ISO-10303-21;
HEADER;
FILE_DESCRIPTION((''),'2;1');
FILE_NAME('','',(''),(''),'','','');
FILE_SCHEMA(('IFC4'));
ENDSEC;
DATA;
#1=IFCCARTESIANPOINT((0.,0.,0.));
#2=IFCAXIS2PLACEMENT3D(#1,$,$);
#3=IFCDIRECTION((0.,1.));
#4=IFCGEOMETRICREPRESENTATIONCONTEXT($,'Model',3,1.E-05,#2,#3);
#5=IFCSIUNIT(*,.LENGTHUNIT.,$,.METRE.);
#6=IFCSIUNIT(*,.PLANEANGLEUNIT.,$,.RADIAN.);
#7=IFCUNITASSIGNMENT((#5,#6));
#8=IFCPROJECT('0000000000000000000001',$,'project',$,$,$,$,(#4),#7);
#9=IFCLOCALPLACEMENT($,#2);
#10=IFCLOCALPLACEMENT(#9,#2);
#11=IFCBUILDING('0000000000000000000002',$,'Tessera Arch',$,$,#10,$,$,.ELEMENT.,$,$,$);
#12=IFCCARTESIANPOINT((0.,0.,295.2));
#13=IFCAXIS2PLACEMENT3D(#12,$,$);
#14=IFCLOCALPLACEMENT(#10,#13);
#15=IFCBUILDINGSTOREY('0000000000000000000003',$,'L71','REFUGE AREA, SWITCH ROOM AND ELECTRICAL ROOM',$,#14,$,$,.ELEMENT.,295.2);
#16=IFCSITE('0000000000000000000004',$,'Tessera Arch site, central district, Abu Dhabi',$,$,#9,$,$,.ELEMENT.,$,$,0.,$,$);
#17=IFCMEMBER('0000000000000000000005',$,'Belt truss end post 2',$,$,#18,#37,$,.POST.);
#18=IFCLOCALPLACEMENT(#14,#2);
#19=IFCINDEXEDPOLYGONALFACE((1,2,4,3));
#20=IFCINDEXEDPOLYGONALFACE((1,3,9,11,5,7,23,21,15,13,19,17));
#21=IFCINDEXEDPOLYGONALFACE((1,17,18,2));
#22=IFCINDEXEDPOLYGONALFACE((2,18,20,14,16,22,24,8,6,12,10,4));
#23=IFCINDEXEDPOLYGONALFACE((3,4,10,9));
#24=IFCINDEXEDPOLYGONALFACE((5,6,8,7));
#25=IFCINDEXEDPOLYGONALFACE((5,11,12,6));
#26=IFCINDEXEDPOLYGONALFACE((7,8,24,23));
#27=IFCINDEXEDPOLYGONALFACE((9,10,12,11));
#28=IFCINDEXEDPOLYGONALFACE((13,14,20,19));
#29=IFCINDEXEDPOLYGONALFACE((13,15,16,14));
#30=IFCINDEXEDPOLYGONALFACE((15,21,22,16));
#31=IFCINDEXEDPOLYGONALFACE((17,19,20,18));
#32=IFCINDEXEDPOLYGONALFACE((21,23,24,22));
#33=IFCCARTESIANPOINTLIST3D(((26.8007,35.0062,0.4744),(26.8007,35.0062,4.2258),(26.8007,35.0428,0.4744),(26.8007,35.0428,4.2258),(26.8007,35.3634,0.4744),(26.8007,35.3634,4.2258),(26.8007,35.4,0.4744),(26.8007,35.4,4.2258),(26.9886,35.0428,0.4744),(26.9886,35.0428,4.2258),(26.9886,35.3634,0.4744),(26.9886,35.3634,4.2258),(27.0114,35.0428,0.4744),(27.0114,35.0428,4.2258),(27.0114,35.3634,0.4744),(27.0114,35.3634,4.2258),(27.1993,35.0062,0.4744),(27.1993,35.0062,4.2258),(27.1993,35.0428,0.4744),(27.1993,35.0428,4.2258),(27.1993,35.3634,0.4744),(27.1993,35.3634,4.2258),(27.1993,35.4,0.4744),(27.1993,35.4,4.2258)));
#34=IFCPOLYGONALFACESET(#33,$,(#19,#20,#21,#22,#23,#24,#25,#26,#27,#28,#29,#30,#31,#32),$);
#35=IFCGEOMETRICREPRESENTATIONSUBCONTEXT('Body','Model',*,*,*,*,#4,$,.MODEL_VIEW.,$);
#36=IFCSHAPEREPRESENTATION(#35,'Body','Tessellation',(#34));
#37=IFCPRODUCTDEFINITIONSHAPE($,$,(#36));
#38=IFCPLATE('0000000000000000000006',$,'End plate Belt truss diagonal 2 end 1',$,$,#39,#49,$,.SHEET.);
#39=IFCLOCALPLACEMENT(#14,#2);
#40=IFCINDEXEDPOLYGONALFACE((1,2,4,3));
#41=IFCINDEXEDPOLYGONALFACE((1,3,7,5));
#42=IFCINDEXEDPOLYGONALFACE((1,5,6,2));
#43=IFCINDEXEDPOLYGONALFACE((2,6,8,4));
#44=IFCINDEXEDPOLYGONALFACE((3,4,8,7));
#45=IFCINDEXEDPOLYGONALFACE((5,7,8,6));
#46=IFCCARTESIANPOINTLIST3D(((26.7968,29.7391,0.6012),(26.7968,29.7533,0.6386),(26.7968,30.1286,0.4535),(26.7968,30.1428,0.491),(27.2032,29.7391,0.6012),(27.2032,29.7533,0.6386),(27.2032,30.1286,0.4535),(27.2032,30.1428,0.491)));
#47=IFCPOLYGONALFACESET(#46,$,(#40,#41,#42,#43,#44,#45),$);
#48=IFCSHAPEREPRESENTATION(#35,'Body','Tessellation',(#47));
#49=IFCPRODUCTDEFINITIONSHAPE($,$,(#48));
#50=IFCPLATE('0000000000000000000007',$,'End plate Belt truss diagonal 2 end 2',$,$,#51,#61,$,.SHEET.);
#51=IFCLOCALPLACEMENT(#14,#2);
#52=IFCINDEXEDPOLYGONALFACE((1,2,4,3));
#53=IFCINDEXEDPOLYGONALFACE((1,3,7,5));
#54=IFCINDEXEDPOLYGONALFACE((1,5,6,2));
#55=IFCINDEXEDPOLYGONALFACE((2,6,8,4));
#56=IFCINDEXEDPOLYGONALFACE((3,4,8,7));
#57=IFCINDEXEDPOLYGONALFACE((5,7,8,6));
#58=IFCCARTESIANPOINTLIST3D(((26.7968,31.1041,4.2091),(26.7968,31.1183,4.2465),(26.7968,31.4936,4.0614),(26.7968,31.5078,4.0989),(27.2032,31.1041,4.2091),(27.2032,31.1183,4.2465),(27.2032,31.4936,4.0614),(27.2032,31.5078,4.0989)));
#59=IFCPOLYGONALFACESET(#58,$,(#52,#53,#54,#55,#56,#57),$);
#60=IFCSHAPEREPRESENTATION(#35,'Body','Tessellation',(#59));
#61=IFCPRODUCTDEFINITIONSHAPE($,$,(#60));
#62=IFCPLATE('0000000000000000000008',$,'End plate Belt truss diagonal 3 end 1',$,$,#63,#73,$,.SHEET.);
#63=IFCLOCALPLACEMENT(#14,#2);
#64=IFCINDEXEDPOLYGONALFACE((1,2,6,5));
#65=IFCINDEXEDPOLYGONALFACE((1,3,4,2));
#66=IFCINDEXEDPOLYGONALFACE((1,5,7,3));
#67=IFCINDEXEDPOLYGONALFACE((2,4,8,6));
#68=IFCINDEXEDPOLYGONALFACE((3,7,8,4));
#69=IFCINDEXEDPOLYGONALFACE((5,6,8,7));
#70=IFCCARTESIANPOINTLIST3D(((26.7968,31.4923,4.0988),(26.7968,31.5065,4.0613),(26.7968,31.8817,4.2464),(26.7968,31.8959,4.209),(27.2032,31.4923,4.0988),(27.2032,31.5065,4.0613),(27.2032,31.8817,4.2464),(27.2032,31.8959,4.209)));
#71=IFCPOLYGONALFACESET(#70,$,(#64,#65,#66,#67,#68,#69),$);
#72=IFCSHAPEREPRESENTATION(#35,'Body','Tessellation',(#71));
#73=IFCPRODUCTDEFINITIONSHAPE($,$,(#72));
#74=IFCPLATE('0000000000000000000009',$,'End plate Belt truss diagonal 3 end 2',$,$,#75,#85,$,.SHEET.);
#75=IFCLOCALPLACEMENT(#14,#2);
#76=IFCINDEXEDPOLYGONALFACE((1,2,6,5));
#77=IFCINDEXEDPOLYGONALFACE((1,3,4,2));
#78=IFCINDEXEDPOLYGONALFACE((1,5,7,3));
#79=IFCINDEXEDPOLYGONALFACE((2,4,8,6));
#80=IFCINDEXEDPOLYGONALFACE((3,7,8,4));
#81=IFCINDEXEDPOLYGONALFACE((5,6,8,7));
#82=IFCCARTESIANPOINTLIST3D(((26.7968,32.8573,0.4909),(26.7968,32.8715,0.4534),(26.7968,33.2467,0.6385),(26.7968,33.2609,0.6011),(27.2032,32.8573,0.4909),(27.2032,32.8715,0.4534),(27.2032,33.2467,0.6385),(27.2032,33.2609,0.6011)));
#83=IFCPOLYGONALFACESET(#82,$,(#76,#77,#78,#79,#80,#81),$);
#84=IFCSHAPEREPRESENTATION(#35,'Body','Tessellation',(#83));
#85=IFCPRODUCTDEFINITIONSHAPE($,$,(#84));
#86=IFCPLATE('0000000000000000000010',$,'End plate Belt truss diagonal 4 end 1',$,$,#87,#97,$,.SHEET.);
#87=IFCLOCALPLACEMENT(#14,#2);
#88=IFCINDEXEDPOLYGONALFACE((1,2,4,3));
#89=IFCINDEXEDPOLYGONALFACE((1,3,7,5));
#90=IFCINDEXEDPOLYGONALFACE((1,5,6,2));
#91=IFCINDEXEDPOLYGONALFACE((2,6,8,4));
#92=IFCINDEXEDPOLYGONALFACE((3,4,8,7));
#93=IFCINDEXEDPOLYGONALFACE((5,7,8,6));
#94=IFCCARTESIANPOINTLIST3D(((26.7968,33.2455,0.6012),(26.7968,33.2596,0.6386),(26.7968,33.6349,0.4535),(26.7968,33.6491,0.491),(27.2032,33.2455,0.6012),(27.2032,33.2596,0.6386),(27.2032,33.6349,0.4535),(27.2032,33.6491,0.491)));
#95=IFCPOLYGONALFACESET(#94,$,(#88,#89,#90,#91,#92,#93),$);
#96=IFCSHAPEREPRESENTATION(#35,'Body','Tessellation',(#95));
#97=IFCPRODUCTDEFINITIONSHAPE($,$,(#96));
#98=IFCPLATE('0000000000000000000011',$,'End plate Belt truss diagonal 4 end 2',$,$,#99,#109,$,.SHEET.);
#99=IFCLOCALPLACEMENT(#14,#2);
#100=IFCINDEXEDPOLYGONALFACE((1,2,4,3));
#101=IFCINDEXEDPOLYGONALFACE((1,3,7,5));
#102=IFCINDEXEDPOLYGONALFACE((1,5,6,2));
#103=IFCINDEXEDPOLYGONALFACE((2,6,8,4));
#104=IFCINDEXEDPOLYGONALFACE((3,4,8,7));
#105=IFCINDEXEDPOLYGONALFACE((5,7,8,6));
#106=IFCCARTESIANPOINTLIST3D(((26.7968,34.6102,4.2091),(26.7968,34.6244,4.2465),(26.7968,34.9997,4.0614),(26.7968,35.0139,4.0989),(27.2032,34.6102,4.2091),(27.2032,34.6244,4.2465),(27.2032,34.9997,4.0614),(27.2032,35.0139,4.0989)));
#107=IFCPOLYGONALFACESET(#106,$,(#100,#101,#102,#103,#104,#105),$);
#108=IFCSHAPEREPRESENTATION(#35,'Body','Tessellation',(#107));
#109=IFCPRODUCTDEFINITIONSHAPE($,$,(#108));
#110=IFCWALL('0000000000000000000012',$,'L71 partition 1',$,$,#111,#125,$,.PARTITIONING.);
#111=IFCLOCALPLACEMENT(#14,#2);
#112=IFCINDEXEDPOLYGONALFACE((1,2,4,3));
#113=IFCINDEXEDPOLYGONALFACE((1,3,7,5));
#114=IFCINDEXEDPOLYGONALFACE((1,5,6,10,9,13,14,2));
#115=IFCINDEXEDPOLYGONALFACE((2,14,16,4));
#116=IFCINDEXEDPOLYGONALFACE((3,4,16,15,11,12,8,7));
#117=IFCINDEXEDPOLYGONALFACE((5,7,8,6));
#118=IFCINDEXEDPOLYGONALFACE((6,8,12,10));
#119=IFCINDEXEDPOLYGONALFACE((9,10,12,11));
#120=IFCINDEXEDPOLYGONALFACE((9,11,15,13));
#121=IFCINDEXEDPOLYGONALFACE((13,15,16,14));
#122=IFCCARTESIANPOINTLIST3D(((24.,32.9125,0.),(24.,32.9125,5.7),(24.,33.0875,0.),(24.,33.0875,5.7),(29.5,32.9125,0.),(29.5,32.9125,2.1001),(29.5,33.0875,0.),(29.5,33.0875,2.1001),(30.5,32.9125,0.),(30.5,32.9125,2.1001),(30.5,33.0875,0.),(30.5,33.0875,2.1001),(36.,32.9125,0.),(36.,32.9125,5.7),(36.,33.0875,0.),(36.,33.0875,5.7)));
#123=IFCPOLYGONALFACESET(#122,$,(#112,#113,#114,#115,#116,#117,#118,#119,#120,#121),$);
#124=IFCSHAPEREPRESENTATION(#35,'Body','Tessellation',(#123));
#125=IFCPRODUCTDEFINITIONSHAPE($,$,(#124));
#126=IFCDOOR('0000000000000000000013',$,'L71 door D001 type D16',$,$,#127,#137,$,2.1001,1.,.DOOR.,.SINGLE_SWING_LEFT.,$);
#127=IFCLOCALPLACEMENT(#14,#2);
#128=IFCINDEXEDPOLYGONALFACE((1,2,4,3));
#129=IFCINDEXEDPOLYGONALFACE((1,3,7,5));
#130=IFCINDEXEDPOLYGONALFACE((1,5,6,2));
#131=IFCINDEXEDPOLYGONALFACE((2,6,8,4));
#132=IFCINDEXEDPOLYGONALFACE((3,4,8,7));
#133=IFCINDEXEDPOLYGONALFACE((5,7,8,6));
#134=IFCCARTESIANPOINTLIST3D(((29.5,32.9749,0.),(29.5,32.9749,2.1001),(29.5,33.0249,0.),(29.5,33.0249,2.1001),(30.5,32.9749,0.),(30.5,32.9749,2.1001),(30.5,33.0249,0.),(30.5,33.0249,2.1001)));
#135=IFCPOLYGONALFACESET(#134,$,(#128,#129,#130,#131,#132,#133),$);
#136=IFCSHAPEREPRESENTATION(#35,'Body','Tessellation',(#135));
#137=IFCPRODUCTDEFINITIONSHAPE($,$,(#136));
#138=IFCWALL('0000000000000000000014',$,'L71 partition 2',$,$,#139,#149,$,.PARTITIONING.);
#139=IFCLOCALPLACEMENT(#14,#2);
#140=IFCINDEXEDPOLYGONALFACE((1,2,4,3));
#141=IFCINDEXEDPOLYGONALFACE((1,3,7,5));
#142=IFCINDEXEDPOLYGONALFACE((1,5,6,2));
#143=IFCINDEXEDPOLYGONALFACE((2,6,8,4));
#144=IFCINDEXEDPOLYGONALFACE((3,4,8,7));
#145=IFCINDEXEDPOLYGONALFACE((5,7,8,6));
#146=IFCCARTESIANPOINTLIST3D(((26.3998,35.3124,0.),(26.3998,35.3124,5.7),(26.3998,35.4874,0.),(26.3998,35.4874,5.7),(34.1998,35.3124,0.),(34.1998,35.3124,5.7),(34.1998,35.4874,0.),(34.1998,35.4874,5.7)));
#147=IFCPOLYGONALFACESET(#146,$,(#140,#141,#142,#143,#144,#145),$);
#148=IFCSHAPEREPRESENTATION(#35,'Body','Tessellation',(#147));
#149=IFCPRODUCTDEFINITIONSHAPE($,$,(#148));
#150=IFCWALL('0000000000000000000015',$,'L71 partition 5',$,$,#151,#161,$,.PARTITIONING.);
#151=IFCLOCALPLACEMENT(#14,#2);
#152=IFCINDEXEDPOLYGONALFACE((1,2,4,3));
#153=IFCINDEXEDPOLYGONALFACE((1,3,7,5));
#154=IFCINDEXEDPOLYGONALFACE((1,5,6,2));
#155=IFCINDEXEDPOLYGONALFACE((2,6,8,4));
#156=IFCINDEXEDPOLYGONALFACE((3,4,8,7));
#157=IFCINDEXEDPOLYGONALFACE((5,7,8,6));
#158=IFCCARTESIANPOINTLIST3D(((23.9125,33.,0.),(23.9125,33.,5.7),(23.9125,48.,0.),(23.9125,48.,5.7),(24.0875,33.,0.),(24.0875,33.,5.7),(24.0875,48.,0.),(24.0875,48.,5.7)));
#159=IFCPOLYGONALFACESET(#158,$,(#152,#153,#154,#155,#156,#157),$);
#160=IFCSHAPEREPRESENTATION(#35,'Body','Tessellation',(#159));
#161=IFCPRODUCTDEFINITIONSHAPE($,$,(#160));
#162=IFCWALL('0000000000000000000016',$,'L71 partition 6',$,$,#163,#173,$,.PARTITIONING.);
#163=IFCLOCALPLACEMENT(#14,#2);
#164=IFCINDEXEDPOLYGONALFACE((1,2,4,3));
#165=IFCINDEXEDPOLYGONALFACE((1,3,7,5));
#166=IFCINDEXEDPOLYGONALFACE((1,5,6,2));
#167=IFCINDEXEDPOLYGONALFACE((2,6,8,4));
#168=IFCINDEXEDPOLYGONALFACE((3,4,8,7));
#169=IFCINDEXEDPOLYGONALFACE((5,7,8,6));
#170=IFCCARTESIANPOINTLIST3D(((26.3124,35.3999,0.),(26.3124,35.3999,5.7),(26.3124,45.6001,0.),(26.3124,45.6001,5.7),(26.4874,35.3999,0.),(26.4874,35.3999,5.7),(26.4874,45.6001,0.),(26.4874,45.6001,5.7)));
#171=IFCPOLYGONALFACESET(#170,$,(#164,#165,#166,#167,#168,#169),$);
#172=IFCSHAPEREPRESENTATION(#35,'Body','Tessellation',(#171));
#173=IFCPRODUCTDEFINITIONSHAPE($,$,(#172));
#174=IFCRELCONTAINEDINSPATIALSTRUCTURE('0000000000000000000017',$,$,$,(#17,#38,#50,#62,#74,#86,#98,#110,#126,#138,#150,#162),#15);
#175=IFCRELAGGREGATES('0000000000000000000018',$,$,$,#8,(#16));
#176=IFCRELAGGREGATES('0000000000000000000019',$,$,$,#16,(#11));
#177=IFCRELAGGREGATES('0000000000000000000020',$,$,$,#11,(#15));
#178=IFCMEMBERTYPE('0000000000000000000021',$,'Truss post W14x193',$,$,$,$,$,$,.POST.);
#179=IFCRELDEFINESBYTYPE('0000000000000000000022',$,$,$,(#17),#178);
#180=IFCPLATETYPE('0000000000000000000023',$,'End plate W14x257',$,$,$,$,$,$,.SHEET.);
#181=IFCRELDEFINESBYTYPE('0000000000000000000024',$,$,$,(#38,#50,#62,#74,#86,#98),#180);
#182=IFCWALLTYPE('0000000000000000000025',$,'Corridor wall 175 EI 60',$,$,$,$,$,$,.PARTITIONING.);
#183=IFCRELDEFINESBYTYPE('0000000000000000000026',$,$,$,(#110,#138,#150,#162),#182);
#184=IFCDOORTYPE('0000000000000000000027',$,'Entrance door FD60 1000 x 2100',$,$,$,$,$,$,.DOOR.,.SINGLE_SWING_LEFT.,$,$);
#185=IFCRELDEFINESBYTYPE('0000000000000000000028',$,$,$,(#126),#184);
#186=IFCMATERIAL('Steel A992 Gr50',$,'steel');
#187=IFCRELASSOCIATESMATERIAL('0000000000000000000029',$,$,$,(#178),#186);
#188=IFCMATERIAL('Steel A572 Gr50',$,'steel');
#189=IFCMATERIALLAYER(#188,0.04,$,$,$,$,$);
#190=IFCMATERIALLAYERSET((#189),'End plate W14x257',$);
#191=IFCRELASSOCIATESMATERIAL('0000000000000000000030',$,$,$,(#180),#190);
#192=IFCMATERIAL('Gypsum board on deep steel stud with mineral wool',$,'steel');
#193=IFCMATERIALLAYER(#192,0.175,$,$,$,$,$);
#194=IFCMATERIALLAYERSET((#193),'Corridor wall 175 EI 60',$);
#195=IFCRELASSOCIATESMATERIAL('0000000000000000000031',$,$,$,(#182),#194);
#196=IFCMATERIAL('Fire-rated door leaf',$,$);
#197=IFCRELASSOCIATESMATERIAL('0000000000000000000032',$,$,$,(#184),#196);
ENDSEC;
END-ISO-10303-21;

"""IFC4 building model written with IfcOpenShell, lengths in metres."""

from ifc_helpers import new_model, si_unit, direction, frame, frame_2d, origin, origin_2d, place, context, subcontext, project, spatial, rectangle, i_section, extrude, material, layer, layer_set, material_profile, profile_set, type_object, element, fill, save


model = new_model("IFC4")

# Units and contexts
model_context = context("Model", 3, precision=1e-05, world=origin(), true_north=direction((0.0, 1.0)))
body_context = subcontext(model_context, "Body", "Model", "MODEL_VIEW")
ifc_project = project(units=[si_unit("LENGTHUNIT", "METRE"), si_unit("PLANEANGLEUNIT", "RADIAN")], contexts=[model_context])

# Site, building, storey
site_placement = place(None, origin())
site = spatial("IfcSite", under=ifc_project, at=site_placement, Name="Tessera Arch site, central district, Abu Dhabi", CompositionType="ELEMENT", RefElevation=0.0)
building_placement = place(site_placement, origin())
building = spatial("IfcBuilding", under=site, at=building_placement, Name="Tessera Arch", CompositionType="ELEMENT")
storey_placement = place(building_placement, frame((0.0, 0.0, 295.2)))
storey = spatial("IfcBuildingStorey", under=building, at=storey_placement, Name="L71", Description="REFUGE AREA, SWITCH ROOM AND ELECTRICAL ROOM", CompositionType="ELEMENT", Elevation=295.2)

# Member
ifc_material_1 = material(Name="Steel A992 Gr50", Category="steel")
ifc_material_profile_1 = material_profile(ifc_material_1, i_section(OverallWidth=0.3987, OverallDepth=0.3938, WebThickness=0.0227, FlangeThickness=0.0366, at=origin_2d()), Name="W14x193")
ifc_profile_set_1 = profile_set([ifc_material_profile_1], Name="Steel A992 Gr50")
member_type_1 = type_object("IfcMemberType", Name="Truss post W14x193", PredefinedType="POST", material=ifc_profile_set_1)
member_1_placement = place(storey_placement, frame((27.0, 35.2031, 0.4744), z_axis=(0.0, 0.0, 1.0), x_axis=(1.0, 0.0, 0.0)))
element("IfcMember", 1, at=member_1_placement, inside=storey, type_object=member_type_1, Name="Belt truss end post 2", PredefinedType="POST", context=body_context, shape_type="SweptSolid", body=[
    extrude(i_section(OverallWidth=0.3987, OverallDepth=0.3938, WebThickness=0.0227, FlangeThickness=0.0366, at=origin_2d()), origin(), (0.0, 0.0, 1.0), 3.7515),
])

# Plates
ifc_material_2 = material(Name="Steel A572 Gr50", Category="steel")
ifc_layer_1 = layer(ifc_material_2, 0.04)
ifc_layer_set_1 = layer_set([ifc_layer_1], Name="End plate W14x257")
plate_type = type_object("IfcPlateType", Name="End plate W14x257", PredefinedType="SHEET", material=ifc_layer_set_1)
for number, where, z_axis, x_axis, name in (
    (2, (27.0, 29.9338, 0.5273), (0.0, 0.35447, 0.935067), (-1.0, 0.0, 0.0), "End plate Belt truss diagonal 2 end 1"),
    (3, (27.0, 31.2988, 4.1353), (0.0, 0.35447, 0.935067), (-1.0, 0.0, 0.0), "End plate Belt truss diagonal 2 end 2"),
    (4, (27.0, 31.687, 4.1726), (0.0, 0.35447, -0.935067), (-1.0, 0.0, 0.0), "End plate Belt truss diagonal 3 end 1"),
    (5, (27.0, 33.052, 0.5647), (0.0, 0.35447, -0.935067), (-1.0, 0.0, 0.0), "End plate Belt truss diagonal 3 end 2"),
    (6, (27.0, 33.4402, 0.5273), (0.0, 0.35447, 0.935067), (-1.0, 0.0, 0.0), "End plate Belt truss diagonal 4 end 1"),
    (7, (27.0, 34.8049, 4.1353), (0.0, 0.35447, 0.935067), (-1.0, 0.0, 0.0), "End plate Belt truss diagonal 4 end 2"),
):
    element("IfcPlate", number, at=place(storey_placement, frame(where, z_axis=z_axis, x_axis=x_axis)), inside=storey, type_object=plate_type, Name=name, PredefinedType="SHEET", context=body_context, shape_type="SweptSolid", body=[
        extrude(rectangle(XDim=0.4065, YDim=0.4165, at=origin_2d()), origin(), (0.0, 0.0, 1.0), 0.04),
    ])

# Wall, opening, door
ifc_material_3 = material(Name="Gypsum board on deep steel stud with mineral wool", Category="steel")
ifc_layer_2 = layer(ifc_material_3, 0.175)
ifc_layer_set_2 = layer_set([ifc_layer_2], Name="Corridor wall 175 EI 60")
wall_type = type_object("IfcWallType", Name="Corridor wall 175 EI 60", PredefinedType="PARTITIONING", material=ifc_layer_set_2)
wall_1_placement = place(storey_placement, frame((24.0, 33.0, 0.0), z_axis=(0.0, 0.0, 1.0), x_axis=(1.0, 0.0, 0.0)))
wall_1 = element("IfcWall", 8, at=wall_1_placement, inside=storey, type_object=wall_type, Name="L71 partition 1", PredefinedType="PARTITIONING", context=body_context, shape_type="SweptSolid", body=[
    extrude(rectangle(XDim=12.0, YDim=0.175, at=frame_2d((6.0, 0.0))), origin(), (0.0, 0.0, 1.0), 5.7),
])
opening_placement = place(wall_1_placement, frame((5.5, 0.0, 0.0)))
opening = element("IfcOpeningElement", 9, at=opening_placement, cuts=wall_1, PredefinedType="OPENING", context=body_context, shape_type="SweptSolid", body=[
    extrude(rectangle(XDim=1.0, YDim=2.1001, at=frame_2d((0.5, 1.05))), frame((0.0, 0.0974, 0.0), z_axis=(0.0, -1.0, 0.0), x_axis=(1.0, 0.0, 0.0)), (0.0, 0.0, 1.0), 0.1951),
])
ifc_material_4 = material(Name="Fire-rated door leaf")
door_type = type_object("IfcDoorType", Name="Entrance door FD60 1000 x 2100", OperationType="SINGLE_SWING_LEFT", PredefinedType="DOOR", material=ifc_material_4)
door_placement = place(opening_placement, origin())
door = element("IfcDoor", 10, at=door_placement, inside=storey, type_object=door_type, Name="L71 door D001 type D16", OperationType="SINGLE_SWING_LEFT", OverallHeight=2.1001, OverallWidth=1.0, PredefinedType="DOOR", context=body_context, shape_type="SweptSolid", body=[
    extrude(rectangle(XDim=1.0, YDim=2.1001, at=frame_2d((0.5, 1.05))), frame((0.0, 0.0249, 0.0), z_axis=(0.0, -1.0, 0.0), x_axis=(1.0, 0.0, 0.0)), (0.0, 0.0, 1.0), 0.05),
])
fill(opening, door)

# Walls
wall_2_placement = place(storey_placement, frame((26.3999, 35.3999, 0.0), z_axis=(0.0, 0.0, 1.0), x_axis=(1.0, 0.0, 0.0)))
element("IfcWall", 11, at=wall_2_placement, inside=storey, type_object=wall_type, Name="L71 partition 2", PredefinedType="PARTITIONING", context=body_context, shape_type="SweptSolid", body=[
    extrude(rectangle(XDim=7.8, YDim=0.175, at=frame_2d((3.8999, 0.0))), origin(), (0.0, 0.0, 1.0), 5.7),
])
wall_3_placement = place(storey_placement, frame((24.0, 33.0, 0.0), z_axis=(0.0, 0.0, 1.0), x_axis=(0.0, 1.0, 0.0)))
element("IfcWall", 12, at=wall_3_placement, inside=storey, type_object=wall_type, Name="L71 partition 5", PredefinedType="PARTITIONING", context=body_context, shape_type="SweptSolid", body=[
    extrude(rectangle(XDim=15.0, YDim=0.175, at=frame_2d((7.5, 0.0))), origin(), (0.0, 0.0, 1.0), 5.7),
])
wall_4_placement = place(storey_placement, frame((26.3999, 35.3999, 0.0), z_axis=(0.0, 0.0, 1.0), x_axis=(0.0, 1.0, 0.0)))
element("IfcWall", 13, at=wall_4_placement, inside=storey, type_object=wall_type, Name="L71 partition 6", PredefinedType="PARTITIONING", context=body_context, shape_type="SweptSolid", body=[
    extrude(rectangle(XDim=10.2002, YDim=0.175, at=frame_2d((5.1001, 0.0))), origin(), (0.0, 0.0, 1.0), 5.7),
])

save(model, "model.ifc")
